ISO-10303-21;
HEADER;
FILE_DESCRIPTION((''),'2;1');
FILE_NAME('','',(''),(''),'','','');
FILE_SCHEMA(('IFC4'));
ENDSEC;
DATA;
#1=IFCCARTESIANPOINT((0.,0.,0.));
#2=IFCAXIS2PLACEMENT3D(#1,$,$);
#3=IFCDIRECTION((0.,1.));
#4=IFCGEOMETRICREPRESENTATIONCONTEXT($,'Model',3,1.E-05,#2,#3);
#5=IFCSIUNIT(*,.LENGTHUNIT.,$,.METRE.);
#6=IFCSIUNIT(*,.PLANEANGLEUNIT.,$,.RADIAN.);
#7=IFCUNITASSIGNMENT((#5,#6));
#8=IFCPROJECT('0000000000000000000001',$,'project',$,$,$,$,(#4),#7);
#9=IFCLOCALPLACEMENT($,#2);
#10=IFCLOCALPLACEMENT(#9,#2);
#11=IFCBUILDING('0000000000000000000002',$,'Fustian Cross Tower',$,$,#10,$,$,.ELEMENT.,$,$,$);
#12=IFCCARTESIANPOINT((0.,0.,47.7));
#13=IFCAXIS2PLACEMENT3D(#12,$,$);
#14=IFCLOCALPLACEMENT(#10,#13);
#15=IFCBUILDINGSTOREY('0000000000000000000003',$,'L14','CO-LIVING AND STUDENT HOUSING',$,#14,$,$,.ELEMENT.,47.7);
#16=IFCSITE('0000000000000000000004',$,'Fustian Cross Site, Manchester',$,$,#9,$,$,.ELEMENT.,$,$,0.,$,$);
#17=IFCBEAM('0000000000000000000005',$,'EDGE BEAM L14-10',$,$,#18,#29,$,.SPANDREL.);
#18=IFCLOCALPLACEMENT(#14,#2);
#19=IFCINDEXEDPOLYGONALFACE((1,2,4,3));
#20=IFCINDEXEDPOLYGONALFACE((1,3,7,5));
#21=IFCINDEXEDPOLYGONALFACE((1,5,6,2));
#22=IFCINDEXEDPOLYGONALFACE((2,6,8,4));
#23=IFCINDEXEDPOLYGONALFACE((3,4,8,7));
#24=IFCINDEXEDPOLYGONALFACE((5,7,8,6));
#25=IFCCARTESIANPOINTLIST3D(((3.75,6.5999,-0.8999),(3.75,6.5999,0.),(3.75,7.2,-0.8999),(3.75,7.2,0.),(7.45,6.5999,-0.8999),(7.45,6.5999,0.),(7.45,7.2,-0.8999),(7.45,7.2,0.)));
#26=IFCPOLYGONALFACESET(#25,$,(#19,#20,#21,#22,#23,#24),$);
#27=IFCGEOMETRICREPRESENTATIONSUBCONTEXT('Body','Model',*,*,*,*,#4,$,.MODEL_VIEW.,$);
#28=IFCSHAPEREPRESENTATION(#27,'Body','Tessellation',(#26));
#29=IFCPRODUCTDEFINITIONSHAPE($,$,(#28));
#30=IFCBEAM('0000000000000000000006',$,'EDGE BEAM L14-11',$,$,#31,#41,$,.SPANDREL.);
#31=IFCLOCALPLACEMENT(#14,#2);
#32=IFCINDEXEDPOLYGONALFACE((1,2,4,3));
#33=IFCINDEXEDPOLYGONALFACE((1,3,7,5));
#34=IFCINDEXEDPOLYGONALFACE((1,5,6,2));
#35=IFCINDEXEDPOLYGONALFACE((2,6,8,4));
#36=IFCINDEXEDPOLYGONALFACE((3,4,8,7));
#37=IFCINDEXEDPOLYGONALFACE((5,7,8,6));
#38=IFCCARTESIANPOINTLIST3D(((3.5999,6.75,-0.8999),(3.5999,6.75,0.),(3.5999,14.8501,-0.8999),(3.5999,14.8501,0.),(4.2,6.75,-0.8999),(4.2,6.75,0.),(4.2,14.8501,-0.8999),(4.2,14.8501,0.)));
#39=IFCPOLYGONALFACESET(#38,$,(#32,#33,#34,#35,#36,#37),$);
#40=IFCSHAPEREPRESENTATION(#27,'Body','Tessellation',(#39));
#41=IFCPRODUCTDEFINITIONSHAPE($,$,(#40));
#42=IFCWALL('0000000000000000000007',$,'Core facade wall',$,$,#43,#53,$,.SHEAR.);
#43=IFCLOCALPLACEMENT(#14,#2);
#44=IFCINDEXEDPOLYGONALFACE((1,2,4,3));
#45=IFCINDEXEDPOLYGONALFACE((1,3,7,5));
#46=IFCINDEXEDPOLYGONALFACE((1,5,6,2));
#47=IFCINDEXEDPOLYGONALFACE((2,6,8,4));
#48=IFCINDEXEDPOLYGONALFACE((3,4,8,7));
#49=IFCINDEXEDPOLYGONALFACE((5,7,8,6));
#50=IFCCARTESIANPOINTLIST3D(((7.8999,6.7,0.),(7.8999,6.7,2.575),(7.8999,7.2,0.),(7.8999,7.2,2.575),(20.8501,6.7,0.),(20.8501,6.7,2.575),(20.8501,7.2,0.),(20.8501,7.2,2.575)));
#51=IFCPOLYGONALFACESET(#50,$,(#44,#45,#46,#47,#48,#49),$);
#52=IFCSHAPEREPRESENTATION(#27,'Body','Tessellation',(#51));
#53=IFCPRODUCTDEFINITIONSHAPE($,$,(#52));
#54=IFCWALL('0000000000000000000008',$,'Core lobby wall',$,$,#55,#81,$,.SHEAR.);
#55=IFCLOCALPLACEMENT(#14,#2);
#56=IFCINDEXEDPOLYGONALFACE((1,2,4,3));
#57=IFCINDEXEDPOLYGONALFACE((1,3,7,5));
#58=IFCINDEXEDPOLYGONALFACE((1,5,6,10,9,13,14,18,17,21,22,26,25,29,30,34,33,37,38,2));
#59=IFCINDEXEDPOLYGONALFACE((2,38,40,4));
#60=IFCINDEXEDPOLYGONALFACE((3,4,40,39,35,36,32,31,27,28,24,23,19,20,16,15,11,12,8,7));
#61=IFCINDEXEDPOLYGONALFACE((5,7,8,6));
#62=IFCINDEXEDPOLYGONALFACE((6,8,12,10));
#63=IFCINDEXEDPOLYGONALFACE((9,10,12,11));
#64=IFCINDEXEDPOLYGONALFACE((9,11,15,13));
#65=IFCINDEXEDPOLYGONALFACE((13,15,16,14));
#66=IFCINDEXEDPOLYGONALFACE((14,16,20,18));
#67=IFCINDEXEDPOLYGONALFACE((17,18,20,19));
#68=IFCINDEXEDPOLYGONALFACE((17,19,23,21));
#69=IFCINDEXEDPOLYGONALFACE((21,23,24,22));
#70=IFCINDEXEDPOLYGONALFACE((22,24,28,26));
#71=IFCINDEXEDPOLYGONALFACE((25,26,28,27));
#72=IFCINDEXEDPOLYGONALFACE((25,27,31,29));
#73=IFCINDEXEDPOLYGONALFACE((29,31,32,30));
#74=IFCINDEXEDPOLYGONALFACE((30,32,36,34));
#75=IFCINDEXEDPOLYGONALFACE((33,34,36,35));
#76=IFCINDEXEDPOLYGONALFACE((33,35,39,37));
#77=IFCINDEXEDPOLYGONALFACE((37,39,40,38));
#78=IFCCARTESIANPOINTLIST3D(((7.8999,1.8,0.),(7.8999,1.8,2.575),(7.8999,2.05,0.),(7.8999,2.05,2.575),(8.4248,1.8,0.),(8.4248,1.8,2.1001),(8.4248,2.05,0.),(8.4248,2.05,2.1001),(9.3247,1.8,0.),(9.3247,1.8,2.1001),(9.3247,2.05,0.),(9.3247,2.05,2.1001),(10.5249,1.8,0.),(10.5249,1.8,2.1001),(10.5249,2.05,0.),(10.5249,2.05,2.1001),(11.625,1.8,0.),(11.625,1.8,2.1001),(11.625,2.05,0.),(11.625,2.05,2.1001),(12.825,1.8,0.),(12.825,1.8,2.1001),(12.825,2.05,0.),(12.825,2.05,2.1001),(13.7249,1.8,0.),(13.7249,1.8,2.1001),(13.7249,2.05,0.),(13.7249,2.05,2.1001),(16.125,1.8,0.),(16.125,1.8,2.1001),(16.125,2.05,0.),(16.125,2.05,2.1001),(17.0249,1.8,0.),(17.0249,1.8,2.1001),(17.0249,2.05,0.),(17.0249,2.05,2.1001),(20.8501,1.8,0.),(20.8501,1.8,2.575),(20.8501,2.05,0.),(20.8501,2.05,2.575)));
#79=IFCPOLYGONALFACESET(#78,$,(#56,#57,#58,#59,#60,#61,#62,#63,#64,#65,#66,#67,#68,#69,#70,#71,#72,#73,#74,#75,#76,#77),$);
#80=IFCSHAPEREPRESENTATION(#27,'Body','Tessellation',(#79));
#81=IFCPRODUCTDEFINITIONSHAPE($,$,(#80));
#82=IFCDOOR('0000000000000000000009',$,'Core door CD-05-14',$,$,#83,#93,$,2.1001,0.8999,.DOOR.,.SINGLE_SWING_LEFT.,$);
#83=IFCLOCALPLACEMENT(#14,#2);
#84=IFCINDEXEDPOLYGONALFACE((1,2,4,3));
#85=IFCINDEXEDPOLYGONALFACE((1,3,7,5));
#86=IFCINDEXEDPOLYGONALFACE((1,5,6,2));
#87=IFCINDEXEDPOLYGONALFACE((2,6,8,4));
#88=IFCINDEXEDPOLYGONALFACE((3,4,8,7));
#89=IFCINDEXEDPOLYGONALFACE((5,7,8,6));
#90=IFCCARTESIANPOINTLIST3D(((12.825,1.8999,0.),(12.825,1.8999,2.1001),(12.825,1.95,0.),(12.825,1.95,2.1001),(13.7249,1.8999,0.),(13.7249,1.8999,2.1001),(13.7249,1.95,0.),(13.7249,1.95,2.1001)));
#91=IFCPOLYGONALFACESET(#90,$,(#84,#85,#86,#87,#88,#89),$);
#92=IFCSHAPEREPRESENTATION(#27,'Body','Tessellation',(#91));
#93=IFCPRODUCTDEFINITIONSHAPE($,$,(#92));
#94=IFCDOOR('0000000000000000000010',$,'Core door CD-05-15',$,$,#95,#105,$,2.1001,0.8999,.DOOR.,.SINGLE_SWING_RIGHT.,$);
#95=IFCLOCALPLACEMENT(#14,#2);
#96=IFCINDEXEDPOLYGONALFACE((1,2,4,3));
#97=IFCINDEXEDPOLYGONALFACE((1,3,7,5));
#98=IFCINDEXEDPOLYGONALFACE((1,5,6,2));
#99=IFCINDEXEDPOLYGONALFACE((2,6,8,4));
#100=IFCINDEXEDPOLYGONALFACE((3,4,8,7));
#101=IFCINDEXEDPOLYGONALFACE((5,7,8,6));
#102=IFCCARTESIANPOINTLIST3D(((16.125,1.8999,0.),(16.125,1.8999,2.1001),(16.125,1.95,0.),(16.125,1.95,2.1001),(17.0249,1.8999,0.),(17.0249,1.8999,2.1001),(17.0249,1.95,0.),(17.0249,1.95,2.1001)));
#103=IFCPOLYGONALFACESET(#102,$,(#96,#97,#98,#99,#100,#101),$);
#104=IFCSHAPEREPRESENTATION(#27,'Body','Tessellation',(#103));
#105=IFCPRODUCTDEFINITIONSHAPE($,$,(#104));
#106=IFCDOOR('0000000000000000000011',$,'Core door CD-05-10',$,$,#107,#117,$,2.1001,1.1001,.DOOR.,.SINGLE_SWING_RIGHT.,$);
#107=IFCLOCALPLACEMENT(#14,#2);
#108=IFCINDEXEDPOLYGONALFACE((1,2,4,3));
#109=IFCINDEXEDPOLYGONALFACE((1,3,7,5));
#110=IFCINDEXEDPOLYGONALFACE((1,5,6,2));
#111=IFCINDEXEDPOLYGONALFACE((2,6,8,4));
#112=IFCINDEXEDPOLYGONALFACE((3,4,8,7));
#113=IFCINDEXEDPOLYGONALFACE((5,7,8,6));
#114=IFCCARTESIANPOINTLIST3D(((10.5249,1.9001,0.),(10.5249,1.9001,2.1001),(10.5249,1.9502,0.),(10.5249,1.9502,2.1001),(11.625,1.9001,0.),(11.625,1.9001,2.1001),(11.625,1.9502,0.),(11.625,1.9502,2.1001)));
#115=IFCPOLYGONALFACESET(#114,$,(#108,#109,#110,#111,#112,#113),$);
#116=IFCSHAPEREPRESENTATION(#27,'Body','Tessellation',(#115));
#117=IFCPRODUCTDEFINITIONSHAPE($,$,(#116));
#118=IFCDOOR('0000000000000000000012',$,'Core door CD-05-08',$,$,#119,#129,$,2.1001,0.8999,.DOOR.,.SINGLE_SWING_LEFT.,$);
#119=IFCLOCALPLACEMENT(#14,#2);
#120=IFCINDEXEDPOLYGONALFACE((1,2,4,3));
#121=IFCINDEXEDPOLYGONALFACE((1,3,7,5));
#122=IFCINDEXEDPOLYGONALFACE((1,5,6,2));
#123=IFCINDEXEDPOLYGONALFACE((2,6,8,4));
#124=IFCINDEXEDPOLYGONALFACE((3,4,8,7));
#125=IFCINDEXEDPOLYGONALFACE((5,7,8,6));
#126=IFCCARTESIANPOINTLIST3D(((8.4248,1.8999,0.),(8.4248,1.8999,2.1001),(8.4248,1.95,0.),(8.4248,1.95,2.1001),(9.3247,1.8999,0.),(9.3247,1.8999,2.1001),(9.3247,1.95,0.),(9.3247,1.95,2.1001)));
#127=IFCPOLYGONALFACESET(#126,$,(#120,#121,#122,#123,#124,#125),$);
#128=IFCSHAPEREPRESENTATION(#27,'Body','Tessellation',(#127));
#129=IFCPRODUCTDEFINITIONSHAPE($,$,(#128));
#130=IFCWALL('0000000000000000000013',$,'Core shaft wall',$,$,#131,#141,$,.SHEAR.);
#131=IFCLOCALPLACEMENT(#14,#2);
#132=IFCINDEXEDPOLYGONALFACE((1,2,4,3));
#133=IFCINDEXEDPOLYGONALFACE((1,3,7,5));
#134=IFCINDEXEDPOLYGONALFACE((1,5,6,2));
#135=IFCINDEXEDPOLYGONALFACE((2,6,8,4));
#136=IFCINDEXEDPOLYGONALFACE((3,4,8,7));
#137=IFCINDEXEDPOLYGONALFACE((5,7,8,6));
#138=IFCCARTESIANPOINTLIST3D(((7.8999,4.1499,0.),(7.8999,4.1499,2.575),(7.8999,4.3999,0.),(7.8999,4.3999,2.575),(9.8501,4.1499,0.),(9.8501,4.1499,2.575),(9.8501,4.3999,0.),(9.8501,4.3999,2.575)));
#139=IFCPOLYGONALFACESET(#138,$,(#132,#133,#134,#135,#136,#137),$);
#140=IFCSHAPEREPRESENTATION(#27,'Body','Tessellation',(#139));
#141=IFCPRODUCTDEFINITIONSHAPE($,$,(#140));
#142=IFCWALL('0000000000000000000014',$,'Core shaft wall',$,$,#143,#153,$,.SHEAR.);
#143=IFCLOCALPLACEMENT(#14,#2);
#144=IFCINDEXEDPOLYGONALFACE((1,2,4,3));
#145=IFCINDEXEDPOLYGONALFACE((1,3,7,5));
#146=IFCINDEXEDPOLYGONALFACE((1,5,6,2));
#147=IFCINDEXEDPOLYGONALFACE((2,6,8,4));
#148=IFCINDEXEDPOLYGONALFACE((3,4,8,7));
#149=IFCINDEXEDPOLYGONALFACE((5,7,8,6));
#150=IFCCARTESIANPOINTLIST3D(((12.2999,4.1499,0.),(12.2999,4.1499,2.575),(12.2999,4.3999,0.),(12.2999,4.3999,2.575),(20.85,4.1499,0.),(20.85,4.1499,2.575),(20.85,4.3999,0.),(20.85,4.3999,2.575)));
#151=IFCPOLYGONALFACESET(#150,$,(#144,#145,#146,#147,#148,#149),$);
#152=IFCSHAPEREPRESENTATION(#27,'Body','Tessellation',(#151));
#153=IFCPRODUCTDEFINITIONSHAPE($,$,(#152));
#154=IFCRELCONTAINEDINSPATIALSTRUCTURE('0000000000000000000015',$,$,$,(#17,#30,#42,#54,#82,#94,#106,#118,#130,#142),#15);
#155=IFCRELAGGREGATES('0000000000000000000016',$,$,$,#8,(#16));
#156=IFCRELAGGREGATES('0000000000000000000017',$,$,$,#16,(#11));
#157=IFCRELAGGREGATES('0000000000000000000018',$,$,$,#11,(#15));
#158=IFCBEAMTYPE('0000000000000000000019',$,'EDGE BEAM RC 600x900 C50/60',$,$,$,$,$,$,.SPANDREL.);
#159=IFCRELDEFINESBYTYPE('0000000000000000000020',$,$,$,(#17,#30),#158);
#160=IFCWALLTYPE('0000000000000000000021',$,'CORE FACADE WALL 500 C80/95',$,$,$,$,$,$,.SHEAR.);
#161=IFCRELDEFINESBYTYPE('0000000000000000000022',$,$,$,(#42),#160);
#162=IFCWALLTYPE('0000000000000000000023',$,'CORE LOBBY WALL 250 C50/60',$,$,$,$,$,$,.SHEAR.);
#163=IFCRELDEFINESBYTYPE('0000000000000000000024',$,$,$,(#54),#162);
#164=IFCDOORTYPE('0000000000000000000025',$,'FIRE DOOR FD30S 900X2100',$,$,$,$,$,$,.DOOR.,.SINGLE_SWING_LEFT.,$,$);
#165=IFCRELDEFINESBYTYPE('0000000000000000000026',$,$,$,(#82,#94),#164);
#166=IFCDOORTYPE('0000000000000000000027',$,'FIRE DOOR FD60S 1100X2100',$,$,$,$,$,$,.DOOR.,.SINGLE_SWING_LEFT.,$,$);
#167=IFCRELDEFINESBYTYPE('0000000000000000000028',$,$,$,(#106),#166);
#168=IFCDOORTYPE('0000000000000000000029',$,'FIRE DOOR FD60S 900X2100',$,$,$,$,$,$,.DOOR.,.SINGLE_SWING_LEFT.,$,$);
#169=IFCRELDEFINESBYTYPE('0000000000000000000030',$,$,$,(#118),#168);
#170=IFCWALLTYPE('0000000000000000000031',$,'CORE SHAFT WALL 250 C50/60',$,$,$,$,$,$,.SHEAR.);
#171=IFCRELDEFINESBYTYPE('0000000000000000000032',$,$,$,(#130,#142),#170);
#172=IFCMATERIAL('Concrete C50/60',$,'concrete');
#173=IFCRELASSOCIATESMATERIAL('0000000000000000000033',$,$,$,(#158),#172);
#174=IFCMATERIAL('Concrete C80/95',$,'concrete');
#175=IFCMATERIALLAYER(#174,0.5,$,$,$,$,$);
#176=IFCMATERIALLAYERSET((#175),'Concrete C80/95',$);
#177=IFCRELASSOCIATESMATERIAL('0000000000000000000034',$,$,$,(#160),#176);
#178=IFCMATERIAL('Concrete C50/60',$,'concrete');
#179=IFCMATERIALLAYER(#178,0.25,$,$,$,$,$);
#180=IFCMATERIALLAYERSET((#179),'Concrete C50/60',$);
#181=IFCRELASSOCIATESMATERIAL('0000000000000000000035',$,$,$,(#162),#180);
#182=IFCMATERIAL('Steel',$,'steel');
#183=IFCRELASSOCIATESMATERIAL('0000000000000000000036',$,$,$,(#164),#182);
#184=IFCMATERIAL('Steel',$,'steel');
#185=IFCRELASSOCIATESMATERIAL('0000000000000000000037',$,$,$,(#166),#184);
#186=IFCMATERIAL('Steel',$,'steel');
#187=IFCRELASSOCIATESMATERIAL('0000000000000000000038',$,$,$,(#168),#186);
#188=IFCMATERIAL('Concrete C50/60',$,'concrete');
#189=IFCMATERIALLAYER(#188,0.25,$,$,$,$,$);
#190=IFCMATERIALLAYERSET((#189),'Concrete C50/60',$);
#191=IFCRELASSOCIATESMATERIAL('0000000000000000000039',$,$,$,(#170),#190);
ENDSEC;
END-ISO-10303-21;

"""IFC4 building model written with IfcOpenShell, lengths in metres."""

from ifc_helpers import new_model, si_unit, direction, frame, frame_2d, origin, origin_2d, place, context, subcontext, project, spatial, rectangle, extrude, material, layer, layer_set, material_profile, profile_set, type_object, element, fill, save


model = new_model("IFC4")

# Units and contexts
model_context = context("Model", 3, precision=1e-05, world=origin(), true_north=direction((0.0, 1.0)))
body_context = subcontext(model_context, "Body", "Model", "MODEL_VIEW")
ifc_project = project(units=[si_unit("LENGTHUNIT", "METRE"), si_unit("PLANEANGLEUNIT", "RADIAN")], contexts=[model_context])

# Site, building, storey
site_placement = place(None, origin())
site = spatial("IfcSite", under=ifc_project, at=site_placement, Name="Fustian Cross Site, Manchester", CompositionType="ELEMENT", RefElevation=0.0)
building_placement = place(site_placement, origin())
building = spatial("IfcBuilding", under=site, at=building_placement, Name="Fustian Cross Tower", CompositionType="ELEMENT")
storey_placement = place(building_placement, frame((0.0, 0.0, 47.7)))
storey = spatial("IfcBuildingStorey", under=building, at=storey_placement, Name="L14", Description="CO-LIVING AND STUDENT HOUSING", CompositionType="ELEMENT", Elevation=47.7)

# Beams
ifc_material_1 = material(Name="Concrete C50/60", Category="concrete")
ifc_material_profile = material_profile(ifc_material_1, rectangle(XDim=0.6001, YDim=0.8999, at=origin_2d()), Name="RC 600x900")
ifc_profile_set = profile_set([ifc_material_profile], Name="Concrete C50/60")
beam_type = type_object("IfcBeamType", Name="EDGE BEAM RC 600x900 C50/60", PredefinedType="SPANDREL", material=ifc_profile_set)
beam_1_placement = place(storey_placement, frame((7.45, 6.8999, -0.45), z_axis=(-1.0, 0.0, 0.0), x_axis=(0.0, -1.0, 0.0)))
element("IfcBeam", 1, at=beam_1_placement, inside=storey, type_object=beam_type, Name="EDGE BEAM L14-10", PredefinedType="SPANDREL", context=body_context, shape_type="SweptSolid", body=[
    extrude(rectangle(XDim=0.6001, YDim=0.8999, at=origin_2d()), origin(), (0.0, 0.0, 1.0), 3.7),
])
beam_2_placement = place(storey_placement, frame((3.8999, 6.75, -0.45), z_axis=(0.0, 1.0, 0.0), x_axis=(-1.0, 0.0, 0.0)))
element("IfcBeam", 2, at=beam_2_placement, inside=storey, type_object=beam_type, Name="EDGE BEAM L14-11", PredefinedType="SPANDREL", context=body_context, shape_type="SweptSolid", body=[
    extrude(rectangle(XDim=0.6001, YDim=0.8999, at=origin_2d()), origin(), (0.0, 0.0, 1.0), 8.1001),
])

# Wall
ifc_material_2 = material(Name="Concrete C80/95", Category="concrete")
ifc_layer_1 = layer(ifc_material_2, 0.5)
ifc_layer_set_1 = layer_set([ifc_layer_1], Name="Concrete C80/95")
wall_type_1 = type_object("IfcWallType", Name="CORE FACADE WALL 500 C80/95", PredefinedType="SHEAR", material=ifc_layer_set_1)
wall_1_placement = place(storey_placement, frame((7.8999, 6.95, 0.0), z_axis=(0.0, 0.0, 1.0), x_axis=(1.0, 0.0, 0.0)))
element("IfcWall", 3, at=wall_1_placement, inside=storey, type_object=wall_type_1, Name="Core facade wall", PredefinedType="SHEAR", context=body_context, shape_type="SweptSolid", body=[
    extrude(rectangle(XDim=12.9502, YDim=0.5, at=frame_2d((6.4751, 0.0))), origin(), (0.0, 0.0, 1.0), 2.575),
])

# Wall, openings, doors
ifc_material_3 = material(Name="Concrete C50/60", Category="concrete")
ifc_layer_2 = layer(ifc_material_3, 0.25)
ifc_layer_set_2 = layer_set([ifc_layer_2], Name="Concrete C50/60")
wall_type_2 = type_object("IfcWallType", Name="CORE LOBBY WALL 250 C50/60", PredefinedType="SHEAR", material=ifc_layer_set_2)
wall_2_placement = place(storey_placement, frame((7.8999, 1.925, 0.0), z_axis=(0.0, 0.0, 1.0), x_axis=(1.0, 0.0, 0.0)))
wall_2 = element("IfcWall", 4, at=wall_2_placement, inside=storey, type_object=wall_type_2, Name="Core lobby wall", PredefinedType="SHEAR", context=body_context, shape_type="SweptSolid", body=[
    extrude(rectangle(XDim=12.9502, YDim=0.25, at=frame_2d((6.4751, 0.0))), origin(), (0.0, 0.0, 1.0), 2.575),
])
opening_1_placement = place(wall_2_placement, frame((0.5249, 0.0, 0.0)))
opening_1 = element("IfcOpeningElement", 5, at=opening_1_placement, cuts=wall_2, PredefinedType="OPENING", context=body_context, shape_type="SweptSolid", body=[
    extrude(rectangle(XDim=0.8999, YDim=2.1001, at=frame_2d((0.45, 1.05))), frame((0.0, 0.135, 0.0), z_axis=(0.0, -1.0, 0.0), x_axis=(1.0, 0.0, 0.0)), (0.0, 0.0, 1.0), 0.27),
])
opening_2_placement = place(wall_2_placement, frame((2.625, 0.0, 0.0)))
opening_2 = element("IfcOpeningElement", 6, at=opening_2_placement, cuts=wall_2, PredefinedType="OPENING", context=body_context, shape_type="SweptSolid", body=[
    extrude(rectangle(XDim=1.1001, YDim=2.1001, at=frame_2d((0.55, 1.05))), frame((0.0, 0.135, 0.0), z_axis=(0.0, -1.0, 0.0), x_axis=(1.0, 0.0, 0.0)), (0.0, 0.0, 1.0), 0.27),
])
opening_3_placement = place(wall_2_placement, frame((4.925, 0.0, 0.0)))
opening_3 = element("IfcOpeningElement", 7, at=opening_3_placement, cuts=wall_2, PredefinedType="OPENING", context=body_context, shape_type="SweptSolid", body=[
    extrude(rectangle(XDim=0.8999, YDim=2.1001, at=frame_2d((0.45, 1.05))), frame((0.0, 0.135, 0.0), z_axis=(0.0, -1.0, 0.0), x_axis=(1.0, 0.0, 0.0)), (0.0, 0.0, 1.0), 0.27),
])
opening_4_placement = place(wall_2_placement, frame((8.2251, 0.0, 0.0)))
opening_4 = element("IfcOpeningElement", 8, at=opening_4_placement, cuts=wall_2, PredefinedType="OPENING", context=body_context, shape_type="SweptSolid", body=[
    extrude(rectangle(XDim=0.8999, YDim=2.1001, at=frame_2d((0.45, 1.05))), frame((0.0, 0.135, 0.0), z_axis=(0.0, -1.0, 0.0), x_axis=(1.0, 0.0, 0.0)), (0.0, 0.0, 1.0), 0.27),
])
ifc_material_4 = material(Name="Steel", Category="steel")
door_type_1 = type_object("IfcDoorType", Name="FIRE DOOR FD30S 900X2100", OperationType="SINGLE_SWING_LEFT", PredefinedType="DOOR", material=ifc_material_4)
door_1_placement = place(opening_3_placement, origin())
door_1 = element("IfcDoor", 9, at=door_1_placement, inside=storey, type_object=door_type_1, Name="Core door CD-05-14", OperationType="SINGLE_SWING_LEFT", OverallHeight=2.1001, OverallWidth=0.8999, PredefinedType="DOOR", context=body_context, shape_type="SweptSolid", body=[
    extrude(rectangle(XDim=0.8999, YDim=2.1001, at=frame_2d((0.45, 1.05))), frame((0.0, 0.0249, 0.0), z_axis=(0.0, -1.0, 0.0), x_axis=(1.0, 0.0, 0.0)), (0.0, 0.0, 1.0), 0.05),
])
fill(opening_3, door_1)
door_2_placement = place(opening_4_placement, origin())
door_2 = element("IfcDoor", 10, at=door_2_placement, inside=storey, type_object=door_type_1, Name="Core door CD-05-15", OperationType="SINGLE_SWING_RIGHT", OverallHeight=2.1001, OverallWidth=0.8999, PredefinedType="DOOR", context=body_context, shape_type="SweptSolid", body=[
    extrude(rectangle(XDim=0.8999, YDim=2.1001, at=frame_2d((0.45, 1.05))), frame((0.0, 0.0249, 0.0), z_axis=(0.0, -1.0, 0.0), x_axis=(1.0, 0.0, 0.0)), (0.0, 0.0, 1.0), 0.05),
])
fill(opening_4, door_2)
ifc_material_5 = material(Name="Steel", Category="steel")
door_type_2 = type_object("IfcDoorType", Name="FIRE DOOR FD60S 1100X2100", OperationType="SINGLE_SWING_LEFT", PredefinedType="DOOR", material=ifc_material_5)
door_3_placement = place(opening_2_placement, frame((1.1001, 0.0, 0.0), z_axis=(0.0, 0.0, 1.0), x_axis=(-1.0, 0.0, 0.0)))
door_3 = element("IfcDoor", 11, at=door_3_placement, inside=storey, type_object=door_type_2, Name="Core door CD-05-10", OperationType="SINGLE_SWING_RIGHT", OverallHeight=2.1001, OverallWidth=1.1001, PredefinedType="DOOR", context=body_context, shape_type="SweptSolid", body=[
    extrude(rectangle(XDim=1.1001, YDim=2.1001, at=frame_2d((0.55, 1.05))), frame((0.0, 0.0249, 0.0), z_axis=(0.0, -1.0, 0.0), x_axis=(1.0, 0.0, 0.0)), (0.0, 0.0, 1.0), 0.05),
])
fill(opening_2, door_3)
ifc_material_6 = material(Name="Steel", Category="steel")
door_type_3 = type_object("IfcDoorType", Name="FIRE DOOR FD60S 900X2100", OperationType="SINGLE_SWING_LEFT", PredefinedType="DOOR", material=ifc_material_6)
door_4_placement = place(opening_1_placement, origin())
door_4 = element("IfcDoor", 12, at=door_4_placement, inside=storey, type_object=door_type_3, Name="Core door CD-05-08", OperationType="SINGLE_SWING_LEFT", OverallHeight=2.1001, OverallWidth=0.8999, PredefinedType="DOOR", context=body_context, shape_type="SweptSolid", body=[
    extrude(rectangle(XDim=0.8999, YDim=2.1001, at=frame_2d((0.45, 1.05))), frame((0.0, 0.0249, 0.0), z_axis=(0.0, -1.0, 0.0), x_axis=(1.0, 0.0, 0.0)), (0.0, 0.0, 1.0), 0.05),
])
fill(opening_1, door_4)

# Walls
ifc_material_7 = material(Name="Concrete C50/60", Category="concrete")
ifc_layer_3 = layer(ifc_material_7, 0.25)
ifc_layer_set_3 = layer_set([ifc_layer_3], Name="Concrete C50/60")
wall_type_3 = type_object("IfcWallType", Name="CORE SHAFT WALL 250 C50/60", PredefinedType="SHEAR", material=ifc_layer_set_3)
wall_3_placement = place(storey_placement, frame((7.8999, 4.2749, 0.0), z_axis=(0.0, 0.0, 1.0), x_axis=(1.0, 0.0, 0.0)))
element("IfcWall", 13, at=wall_3_placement, inside=storey, type_object=wall_type_3, Name="Core shaft wall", PredefinedType="SHEAR", context=body_context, shape_type="SweptSolid", body=[
    extrude(rectangle(XDim=1.9502, YDim=0.25, at=frame_2d((0.9751, 0.0))), origin(), (0.0, 0.0, 1.0), 2.575),
])
wall_4_placement = place(storey_placement, frame((12.3, 4.2749, 0.0), z_axis=(0.0, 0.0, 1.0), x_axis=(1.0, 0.0, 0.0)))
element("IfcWall", 14, at=wall_4_placement, inside=storey, type_object=wall_type_3, Name="Core shaft wall", PredefinedType="SHEAR", context=body_context, shape_type="SweptSolid", body=[
    extrude(rectangle(XDim=8.55, YDim=0.25, at=frame_2d((4.2749, 0.0))), origin(), (0.0, 0.0, 1.0), 2.575),
])

save(model, "model.ifc")
